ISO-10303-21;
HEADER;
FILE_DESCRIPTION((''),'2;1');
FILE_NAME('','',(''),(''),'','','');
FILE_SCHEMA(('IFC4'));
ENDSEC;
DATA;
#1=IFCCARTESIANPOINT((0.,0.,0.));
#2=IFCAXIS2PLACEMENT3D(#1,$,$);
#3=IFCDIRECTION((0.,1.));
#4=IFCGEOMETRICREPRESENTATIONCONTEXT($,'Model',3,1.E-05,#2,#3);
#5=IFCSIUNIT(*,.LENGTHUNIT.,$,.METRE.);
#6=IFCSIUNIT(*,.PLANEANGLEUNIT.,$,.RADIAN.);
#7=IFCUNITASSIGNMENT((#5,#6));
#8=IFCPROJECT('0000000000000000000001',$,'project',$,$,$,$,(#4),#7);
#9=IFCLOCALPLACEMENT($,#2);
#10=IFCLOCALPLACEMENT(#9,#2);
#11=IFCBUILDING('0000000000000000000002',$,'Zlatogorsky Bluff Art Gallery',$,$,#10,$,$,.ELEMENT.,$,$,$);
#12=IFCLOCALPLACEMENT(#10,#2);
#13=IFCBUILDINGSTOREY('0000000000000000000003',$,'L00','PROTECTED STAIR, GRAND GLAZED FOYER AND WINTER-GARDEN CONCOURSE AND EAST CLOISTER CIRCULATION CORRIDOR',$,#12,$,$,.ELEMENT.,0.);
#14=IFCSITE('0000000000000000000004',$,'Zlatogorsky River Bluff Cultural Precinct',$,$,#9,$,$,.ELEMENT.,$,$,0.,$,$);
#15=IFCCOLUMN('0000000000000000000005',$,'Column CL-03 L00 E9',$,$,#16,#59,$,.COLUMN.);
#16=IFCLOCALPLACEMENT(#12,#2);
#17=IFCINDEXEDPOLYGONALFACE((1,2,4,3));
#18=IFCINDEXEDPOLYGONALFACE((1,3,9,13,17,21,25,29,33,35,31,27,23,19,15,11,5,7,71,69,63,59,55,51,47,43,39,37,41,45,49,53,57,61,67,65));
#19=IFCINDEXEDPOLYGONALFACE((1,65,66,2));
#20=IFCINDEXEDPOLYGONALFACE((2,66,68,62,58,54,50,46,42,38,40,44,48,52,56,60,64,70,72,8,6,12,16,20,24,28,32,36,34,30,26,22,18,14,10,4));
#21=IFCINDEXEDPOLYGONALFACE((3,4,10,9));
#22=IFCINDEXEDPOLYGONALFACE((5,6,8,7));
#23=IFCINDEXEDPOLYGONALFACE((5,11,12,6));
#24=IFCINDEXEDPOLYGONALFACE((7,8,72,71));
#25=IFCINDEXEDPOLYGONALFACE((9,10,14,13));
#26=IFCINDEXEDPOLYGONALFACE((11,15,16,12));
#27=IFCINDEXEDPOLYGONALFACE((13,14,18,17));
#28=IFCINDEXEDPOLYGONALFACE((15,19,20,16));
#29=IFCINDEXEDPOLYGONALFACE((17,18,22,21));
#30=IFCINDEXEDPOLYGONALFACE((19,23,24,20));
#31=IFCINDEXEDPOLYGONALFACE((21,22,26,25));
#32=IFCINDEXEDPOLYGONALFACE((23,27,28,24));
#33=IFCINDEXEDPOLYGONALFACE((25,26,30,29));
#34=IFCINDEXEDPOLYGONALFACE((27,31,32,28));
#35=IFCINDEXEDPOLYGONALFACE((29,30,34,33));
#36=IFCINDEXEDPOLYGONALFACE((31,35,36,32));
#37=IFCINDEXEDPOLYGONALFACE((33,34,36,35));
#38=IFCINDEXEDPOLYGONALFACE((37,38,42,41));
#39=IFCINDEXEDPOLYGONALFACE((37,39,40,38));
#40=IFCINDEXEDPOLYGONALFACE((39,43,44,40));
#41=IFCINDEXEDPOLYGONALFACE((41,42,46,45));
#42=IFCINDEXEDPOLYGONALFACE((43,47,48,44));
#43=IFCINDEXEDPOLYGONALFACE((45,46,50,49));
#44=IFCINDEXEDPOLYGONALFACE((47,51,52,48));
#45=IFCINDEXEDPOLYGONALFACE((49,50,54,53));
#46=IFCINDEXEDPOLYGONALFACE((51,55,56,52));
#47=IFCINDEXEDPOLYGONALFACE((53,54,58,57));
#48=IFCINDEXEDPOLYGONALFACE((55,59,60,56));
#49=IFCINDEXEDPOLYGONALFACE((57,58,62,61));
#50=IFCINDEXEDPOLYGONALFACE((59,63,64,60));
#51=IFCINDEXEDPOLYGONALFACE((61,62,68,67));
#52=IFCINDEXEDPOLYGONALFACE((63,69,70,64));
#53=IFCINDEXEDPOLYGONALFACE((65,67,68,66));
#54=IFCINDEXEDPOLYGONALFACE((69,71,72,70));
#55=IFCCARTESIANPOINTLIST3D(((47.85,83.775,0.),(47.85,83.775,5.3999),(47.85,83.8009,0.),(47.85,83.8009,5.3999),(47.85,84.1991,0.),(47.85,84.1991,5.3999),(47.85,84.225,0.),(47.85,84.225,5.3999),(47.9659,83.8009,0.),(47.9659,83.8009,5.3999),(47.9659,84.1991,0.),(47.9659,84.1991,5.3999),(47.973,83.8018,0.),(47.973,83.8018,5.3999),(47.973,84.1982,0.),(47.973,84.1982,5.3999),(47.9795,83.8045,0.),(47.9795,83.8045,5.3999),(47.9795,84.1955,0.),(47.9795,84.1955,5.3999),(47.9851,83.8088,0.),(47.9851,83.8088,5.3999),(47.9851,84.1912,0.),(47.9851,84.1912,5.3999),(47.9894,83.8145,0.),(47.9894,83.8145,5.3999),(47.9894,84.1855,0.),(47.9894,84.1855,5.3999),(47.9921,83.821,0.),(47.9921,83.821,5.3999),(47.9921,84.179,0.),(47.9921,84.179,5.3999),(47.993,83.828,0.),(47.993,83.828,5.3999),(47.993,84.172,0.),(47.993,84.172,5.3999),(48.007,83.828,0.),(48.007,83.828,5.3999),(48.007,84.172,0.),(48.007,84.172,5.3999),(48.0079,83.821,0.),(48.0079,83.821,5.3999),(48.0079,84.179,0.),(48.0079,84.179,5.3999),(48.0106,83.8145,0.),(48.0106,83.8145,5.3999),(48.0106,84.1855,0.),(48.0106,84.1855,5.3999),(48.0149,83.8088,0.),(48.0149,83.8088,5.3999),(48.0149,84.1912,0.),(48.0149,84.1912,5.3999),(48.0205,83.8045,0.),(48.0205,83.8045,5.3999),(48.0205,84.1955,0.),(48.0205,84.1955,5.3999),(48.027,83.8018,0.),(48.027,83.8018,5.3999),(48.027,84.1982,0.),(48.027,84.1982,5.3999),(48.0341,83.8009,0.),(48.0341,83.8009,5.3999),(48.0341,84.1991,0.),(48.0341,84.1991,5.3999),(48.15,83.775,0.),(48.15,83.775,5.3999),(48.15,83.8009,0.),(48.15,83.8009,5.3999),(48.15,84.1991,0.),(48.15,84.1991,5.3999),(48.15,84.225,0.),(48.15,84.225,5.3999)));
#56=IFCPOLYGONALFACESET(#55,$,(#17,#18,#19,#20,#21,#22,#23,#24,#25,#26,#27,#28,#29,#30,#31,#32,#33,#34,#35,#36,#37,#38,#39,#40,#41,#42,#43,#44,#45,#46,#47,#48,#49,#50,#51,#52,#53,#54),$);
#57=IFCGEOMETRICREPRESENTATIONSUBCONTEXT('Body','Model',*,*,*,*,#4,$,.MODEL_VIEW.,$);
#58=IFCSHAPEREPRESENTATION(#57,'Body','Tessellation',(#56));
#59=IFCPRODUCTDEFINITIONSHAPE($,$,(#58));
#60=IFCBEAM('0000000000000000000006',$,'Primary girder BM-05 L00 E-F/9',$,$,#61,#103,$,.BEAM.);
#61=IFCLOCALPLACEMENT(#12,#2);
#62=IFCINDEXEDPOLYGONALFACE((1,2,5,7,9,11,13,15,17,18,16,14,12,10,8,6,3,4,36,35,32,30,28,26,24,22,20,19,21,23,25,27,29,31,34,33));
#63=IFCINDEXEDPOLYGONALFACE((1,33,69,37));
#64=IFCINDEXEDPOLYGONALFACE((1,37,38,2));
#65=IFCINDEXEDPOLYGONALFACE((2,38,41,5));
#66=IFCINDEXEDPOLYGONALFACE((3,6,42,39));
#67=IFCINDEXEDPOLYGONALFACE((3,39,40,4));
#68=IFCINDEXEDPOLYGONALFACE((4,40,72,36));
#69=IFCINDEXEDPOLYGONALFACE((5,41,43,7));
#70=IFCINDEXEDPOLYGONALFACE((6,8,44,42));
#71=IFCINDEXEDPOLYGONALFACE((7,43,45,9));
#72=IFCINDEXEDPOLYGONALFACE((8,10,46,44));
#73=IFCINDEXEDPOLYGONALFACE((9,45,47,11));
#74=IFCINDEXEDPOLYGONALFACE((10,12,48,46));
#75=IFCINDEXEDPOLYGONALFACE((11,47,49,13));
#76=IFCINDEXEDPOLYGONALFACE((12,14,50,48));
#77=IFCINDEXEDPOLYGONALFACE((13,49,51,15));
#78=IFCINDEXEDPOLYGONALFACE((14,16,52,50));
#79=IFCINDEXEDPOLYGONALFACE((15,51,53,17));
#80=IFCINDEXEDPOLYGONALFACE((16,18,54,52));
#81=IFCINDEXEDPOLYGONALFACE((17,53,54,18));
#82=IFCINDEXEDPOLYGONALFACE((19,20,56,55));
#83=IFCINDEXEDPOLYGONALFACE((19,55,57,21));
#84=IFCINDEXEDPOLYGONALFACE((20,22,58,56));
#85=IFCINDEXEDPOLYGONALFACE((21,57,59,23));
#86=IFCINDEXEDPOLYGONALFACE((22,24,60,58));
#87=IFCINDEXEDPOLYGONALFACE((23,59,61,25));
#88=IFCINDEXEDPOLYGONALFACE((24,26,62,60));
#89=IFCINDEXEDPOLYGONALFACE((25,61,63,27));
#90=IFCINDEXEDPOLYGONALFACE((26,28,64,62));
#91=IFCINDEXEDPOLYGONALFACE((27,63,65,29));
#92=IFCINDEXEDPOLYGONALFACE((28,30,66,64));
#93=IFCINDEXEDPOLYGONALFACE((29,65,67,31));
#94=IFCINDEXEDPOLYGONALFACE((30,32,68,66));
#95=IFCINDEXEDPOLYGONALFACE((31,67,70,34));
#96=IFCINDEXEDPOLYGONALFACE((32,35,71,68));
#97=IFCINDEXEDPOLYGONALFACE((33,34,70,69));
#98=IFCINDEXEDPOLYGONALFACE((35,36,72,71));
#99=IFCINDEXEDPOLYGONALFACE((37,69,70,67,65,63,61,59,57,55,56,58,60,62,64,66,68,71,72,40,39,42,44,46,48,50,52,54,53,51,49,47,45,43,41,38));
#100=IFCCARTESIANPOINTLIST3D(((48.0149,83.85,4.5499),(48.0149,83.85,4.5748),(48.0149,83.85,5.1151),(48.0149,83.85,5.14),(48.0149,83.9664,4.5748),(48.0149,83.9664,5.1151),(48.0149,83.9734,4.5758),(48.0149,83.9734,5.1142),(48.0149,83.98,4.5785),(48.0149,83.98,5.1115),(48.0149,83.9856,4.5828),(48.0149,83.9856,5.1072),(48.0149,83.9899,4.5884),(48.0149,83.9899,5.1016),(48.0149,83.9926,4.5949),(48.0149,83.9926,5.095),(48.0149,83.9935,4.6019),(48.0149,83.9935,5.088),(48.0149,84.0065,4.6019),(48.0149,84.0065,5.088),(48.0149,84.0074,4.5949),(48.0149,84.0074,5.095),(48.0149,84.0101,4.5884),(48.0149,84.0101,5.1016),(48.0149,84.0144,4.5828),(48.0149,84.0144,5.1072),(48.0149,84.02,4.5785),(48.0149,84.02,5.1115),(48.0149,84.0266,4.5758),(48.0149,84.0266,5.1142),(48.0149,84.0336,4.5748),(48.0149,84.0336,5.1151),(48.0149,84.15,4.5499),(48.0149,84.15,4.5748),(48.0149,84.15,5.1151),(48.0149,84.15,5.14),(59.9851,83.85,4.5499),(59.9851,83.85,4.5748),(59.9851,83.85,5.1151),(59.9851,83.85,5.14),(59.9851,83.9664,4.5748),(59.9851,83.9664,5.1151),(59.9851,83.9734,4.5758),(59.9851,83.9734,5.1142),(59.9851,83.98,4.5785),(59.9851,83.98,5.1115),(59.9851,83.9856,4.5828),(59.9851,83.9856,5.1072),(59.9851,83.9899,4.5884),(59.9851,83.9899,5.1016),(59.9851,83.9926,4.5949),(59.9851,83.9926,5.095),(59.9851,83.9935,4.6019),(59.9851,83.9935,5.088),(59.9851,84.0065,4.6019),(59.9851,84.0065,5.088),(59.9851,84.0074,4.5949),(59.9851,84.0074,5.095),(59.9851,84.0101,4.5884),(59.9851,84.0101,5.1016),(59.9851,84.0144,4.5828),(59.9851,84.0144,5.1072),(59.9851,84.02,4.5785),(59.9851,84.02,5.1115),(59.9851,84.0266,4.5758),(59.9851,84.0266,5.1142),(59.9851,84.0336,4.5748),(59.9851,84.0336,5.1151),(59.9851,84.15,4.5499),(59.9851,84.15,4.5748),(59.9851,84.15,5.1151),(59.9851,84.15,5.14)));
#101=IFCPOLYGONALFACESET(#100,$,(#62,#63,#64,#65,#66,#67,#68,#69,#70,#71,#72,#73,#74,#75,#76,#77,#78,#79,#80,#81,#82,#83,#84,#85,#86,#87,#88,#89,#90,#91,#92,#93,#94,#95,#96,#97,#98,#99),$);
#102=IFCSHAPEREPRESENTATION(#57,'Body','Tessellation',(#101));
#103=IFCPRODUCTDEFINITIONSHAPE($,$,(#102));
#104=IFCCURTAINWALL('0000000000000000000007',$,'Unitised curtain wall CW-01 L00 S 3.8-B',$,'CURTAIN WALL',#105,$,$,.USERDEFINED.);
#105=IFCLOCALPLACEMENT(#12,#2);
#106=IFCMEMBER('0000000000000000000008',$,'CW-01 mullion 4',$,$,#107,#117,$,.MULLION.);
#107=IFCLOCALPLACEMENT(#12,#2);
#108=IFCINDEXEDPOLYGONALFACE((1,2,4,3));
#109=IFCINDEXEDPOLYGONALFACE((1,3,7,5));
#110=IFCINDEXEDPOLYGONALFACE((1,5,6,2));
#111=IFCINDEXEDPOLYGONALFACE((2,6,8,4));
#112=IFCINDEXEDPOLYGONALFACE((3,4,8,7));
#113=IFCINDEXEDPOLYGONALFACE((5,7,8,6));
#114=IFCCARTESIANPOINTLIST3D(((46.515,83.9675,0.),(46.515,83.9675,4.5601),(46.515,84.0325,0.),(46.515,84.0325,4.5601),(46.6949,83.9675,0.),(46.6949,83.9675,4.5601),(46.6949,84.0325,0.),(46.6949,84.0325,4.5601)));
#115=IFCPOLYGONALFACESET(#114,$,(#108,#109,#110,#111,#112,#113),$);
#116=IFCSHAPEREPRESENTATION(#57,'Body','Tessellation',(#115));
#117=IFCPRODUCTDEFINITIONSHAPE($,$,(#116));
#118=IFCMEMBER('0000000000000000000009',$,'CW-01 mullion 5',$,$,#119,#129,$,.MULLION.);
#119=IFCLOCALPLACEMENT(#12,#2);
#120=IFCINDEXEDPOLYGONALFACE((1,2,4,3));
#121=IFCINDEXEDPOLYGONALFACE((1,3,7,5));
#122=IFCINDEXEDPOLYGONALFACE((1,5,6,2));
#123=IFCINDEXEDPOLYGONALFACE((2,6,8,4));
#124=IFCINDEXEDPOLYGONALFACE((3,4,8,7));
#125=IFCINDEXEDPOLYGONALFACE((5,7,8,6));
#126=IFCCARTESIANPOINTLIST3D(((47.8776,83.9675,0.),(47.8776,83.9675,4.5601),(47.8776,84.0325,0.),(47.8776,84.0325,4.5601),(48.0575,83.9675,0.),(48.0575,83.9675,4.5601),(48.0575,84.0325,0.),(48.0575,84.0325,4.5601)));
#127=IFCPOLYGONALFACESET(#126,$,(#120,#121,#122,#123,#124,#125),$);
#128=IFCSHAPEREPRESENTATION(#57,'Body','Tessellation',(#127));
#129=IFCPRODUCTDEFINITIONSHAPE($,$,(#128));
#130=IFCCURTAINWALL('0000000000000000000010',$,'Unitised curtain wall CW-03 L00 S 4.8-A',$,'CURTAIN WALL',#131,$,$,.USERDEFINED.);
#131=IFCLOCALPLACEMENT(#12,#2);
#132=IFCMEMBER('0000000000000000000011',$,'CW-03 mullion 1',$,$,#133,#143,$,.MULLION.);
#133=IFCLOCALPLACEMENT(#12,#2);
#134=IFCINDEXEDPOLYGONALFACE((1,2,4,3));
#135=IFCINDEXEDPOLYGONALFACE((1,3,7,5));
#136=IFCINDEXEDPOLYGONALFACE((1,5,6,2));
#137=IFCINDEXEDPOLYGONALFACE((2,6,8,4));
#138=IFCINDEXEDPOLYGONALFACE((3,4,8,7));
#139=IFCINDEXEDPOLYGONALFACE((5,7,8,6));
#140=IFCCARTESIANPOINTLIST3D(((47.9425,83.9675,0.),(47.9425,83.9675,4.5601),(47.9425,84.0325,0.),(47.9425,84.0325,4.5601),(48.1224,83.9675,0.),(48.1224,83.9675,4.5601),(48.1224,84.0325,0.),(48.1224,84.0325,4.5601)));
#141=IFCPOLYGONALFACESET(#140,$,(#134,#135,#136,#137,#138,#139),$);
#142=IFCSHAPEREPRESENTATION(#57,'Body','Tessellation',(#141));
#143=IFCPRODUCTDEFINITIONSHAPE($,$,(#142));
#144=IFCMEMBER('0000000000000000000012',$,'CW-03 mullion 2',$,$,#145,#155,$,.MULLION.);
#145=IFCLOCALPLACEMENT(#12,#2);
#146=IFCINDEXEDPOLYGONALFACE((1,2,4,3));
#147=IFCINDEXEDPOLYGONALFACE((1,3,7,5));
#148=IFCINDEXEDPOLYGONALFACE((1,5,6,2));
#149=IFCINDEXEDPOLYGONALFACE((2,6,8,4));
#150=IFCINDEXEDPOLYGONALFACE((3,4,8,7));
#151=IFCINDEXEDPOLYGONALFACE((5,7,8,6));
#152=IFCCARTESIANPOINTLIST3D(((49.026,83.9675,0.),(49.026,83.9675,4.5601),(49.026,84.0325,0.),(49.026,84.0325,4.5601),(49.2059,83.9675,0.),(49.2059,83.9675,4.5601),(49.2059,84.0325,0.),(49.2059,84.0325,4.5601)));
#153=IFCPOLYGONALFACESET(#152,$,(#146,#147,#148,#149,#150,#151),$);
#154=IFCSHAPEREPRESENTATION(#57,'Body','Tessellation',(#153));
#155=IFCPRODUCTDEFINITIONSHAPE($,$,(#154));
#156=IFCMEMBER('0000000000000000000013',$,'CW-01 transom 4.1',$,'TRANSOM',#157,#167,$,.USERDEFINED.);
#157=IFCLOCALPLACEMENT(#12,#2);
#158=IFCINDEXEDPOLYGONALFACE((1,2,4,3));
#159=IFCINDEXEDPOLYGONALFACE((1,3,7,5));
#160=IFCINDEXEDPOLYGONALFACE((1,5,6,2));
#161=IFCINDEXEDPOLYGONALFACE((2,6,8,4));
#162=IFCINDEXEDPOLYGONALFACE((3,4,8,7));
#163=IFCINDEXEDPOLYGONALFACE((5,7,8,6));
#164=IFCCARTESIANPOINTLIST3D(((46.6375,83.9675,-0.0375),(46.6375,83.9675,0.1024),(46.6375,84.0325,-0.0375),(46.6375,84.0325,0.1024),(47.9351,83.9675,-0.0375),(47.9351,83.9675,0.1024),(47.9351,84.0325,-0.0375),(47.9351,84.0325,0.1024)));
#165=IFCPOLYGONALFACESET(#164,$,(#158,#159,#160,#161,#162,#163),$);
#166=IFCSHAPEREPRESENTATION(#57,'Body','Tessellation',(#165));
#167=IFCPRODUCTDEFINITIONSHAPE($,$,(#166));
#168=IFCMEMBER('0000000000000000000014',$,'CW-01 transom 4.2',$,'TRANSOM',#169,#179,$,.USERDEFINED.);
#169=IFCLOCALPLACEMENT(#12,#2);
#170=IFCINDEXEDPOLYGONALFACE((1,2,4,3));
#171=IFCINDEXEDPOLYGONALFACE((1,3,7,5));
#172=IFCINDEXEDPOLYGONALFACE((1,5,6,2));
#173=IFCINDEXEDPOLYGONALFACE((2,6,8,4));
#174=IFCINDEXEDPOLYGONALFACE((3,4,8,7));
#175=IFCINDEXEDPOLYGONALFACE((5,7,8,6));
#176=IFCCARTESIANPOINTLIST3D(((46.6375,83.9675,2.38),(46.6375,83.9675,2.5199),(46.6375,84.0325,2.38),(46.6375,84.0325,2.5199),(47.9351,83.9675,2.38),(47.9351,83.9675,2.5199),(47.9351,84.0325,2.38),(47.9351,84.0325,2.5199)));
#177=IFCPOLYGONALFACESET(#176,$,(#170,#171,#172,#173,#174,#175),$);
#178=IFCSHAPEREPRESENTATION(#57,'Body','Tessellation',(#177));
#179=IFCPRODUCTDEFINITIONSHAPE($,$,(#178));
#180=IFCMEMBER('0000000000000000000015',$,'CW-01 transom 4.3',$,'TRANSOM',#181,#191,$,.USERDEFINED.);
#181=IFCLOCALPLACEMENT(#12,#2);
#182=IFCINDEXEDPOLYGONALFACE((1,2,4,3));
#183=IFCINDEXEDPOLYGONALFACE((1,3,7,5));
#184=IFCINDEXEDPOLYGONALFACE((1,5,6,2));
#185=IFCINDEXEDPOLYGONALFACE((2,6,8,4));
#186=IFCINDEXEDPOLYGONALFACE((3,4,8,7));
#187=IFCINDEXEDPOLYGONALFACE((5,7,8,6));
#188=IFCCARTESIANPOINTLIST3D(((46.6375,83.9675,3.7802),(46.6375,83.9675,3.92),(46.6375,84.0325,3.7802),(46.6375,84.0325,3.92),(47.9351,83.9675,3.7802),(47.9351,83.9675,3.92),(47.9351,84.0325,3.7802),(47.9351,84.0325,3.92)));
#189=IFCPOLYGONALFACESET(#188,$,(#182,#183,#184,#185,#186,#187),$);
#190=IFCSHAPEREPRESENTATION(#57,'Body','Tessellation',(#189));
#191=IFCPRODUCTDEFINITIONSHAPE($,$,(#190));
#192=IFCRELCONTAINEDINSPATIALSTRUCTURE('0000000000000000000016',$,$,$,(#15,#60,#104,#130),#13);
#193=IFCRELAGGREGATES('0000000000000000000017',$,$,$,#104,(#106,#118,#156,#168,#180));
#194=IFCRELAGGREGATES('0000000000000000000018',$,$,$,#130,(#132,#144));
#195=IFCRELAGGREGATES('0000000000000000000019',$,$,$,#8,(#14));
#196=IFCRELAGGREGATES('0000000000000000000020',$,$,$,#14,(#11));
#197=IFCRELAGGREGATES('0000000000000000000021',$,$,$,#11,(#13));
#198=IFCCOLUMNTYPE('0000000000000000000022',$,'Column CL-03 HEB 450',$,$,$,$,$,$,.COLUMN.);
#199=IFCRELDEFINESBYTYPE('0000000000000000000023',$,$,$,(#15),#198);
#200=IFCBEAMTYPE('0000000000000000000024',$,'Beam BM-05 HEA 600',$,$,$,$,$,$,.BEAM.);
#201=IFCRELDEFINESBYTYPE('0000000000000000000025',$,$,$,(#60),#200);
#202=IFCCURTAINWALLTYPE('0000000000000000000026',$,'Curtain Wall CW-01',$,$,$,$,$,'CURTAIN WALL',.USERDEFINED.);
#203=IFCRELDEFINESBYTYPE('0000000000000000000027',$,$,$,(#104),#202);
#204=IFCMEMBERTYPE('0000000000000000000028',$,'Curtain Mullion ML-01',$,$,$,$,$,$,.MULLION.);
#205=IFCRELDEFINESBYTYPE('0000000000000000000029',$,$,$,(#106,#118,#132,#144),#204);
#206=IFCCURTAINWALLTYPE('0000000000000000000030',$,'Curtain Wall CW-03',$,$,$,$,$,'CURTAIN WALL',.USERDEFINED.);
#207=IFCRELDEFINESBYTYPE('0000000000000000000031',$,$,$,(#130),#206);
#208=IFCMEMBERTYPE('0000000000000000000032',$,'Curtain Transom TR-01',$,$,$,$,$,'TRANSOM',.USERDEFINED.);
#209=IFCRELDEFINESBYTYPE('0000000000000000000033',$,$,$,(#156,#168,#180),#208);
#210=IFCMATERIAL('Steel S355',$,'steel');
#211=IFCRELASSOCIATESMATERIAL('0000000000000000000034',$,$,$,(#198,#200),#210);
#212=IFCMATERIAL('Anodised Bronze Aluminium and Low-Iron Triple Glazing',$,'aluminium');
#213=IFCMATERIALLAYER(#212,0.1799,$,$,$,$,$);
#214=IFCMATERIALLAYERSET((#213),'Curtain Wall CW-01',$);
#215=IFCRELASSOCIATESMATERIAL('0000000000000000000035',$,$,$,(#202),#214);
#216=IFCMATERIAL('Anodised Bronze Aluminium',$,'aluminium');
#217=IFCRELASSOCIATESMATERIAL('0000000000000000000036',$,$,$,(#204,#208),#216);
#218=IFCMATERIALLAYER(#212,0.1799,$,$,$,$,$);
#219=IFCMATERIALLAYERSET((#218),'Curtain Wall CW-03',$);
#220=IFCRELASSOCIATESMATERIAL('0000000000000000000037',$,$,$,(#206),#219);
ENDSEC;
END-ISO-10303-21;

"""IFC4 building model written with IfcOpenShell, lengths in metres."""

from ifc_helpers import new_model, si_unit, direction, frame, origin, origin_2d, place, context, subcontext, project, spatial, rectangle, i_section, extrude, material, layer, layer_set, material_profile, profile_set, type_object, element, aggregate, save


model = new_model("IFC4")

# Units and contexts
model_context = context("Model", 3, precision=1e-05, world=origin(), true_north=direction((0.0, 1.0)))
body_context = subcontext(model_context, "Body", "Model", "MODEL_VIEW")
ifc_project = project(units=[si_unit("LENGTHUNIT", "METRE"), si_unit("PLANEANGLEUNIT", "RADIAN")], contexts=[model_context])

# Site, building, storey
site_placement = place(None, origin())
site = spatial("IfcSite", under=ifc_project, at=site_placement, Name="Zlatogorsky River Bluff Cultural Precinct", CompositionType="ELEMENT", RefElevation=0.0)
building_placement = place(site_placement, origin())
building = spatial("IfcBuilding", under=site, at=building_placement, Name="Zlatogorsky Bluff Art Gallery", CompositionType="ELEMENT")
storey_placement = place(building_placement, origin())
storey = spatial("IfcBuildingStorey", under=building, at=storey_placement, Name="L00", Description="PROTECTED STAIR, GRAND GLAZED FOYER AND WINTER-GARDEN CONCOURSE AND EAST CLOISTER CIRCULATION CORRIDOR", CompositionType="ELEMENT", Elevation=0.0)

# Column
ifc_material_1 = material(Name="Steel S355", Category="steel")
ifc_material_profile_1 = material_profile(ifc_material_1, i_section(OverallWidth=0.3, OverallDepth=0.45, WebThickness=0.0139, FlangeThickness=0.0259, FilletRadius=0.0271, at=origin_2d()), Name="HEB 450")
ifc_profile_set_1 = profile_set([ifc_material_profile_1], Name="Steel S355")
column_type = type_object("IfcColumnType", Name="Column CL-03 HEB 450", PredefinedType="COLUMN", material=ifc_profile_set_1)
column_placement = place(storey_placement, frame((48.0, 84.0, 0.0), z_axis=(0.0, 0.0, 1.0), x_axis=(1.0, 0.0, 0.0)))
element("IfcColumn", 1, at=column_placement, inside=storey, type_object=column_type, Name="Column CL-03 L00 E9", PredefinedType="COLUMN", context=body_context, shape_type="SweptSolid", body=[
    extrude(i_section(OverallWidth=0.3, OverallDepth=0.45, WebThickness=0.0139, FlangeThickness=0.0259, FilletRadius=0.0271, at=origin_2d()), origin(), (0.0, 0.0, 1.0), 5.3999),
])

# Beam
ifc_material_profile_2 = material_profile(ifc_material_1, i_section(OverallWidth=0.3, OverallDepth=0.5901, WebThickness=0.0129, FlangeThickness=0.0249, FilletRadius=0.0271, at=origin_2d()), Name="HEA 600")
ifc_profile_set_2 = profile_set([ifc_material_profile_2], Name="Steel S355")
beam_type = type_object("IfcBeamType", Name="Beam BM-05 HEA 600", PredefinedType="BEAM", material=ifc_profile_set_2)
beam_placement = place(storey_placement, frame((48.0149, 84.0, 4.845), z_axis=(1.0, 0.0, 0.0), x_axis=(0.0, 1.0, 0.0)))
element("IfcBeam", 2, at=beam_placement, inside=storey, type_object=beam_type, Name="Primary girder BM-05 L00 E-F/9", PredefinedType="BEAM", context=body_context, shape_type="SweptSolid", body=[
    extrude(i_section(OverallWidth=0.3, OverallDepth=0.5901, WebThickness=0.0129, FlangeThickness=0.0249, FilletRadius=0.0271, at=origin_2d()), origin(), (0.0, 0.0, 1.0), 11.9702),
])

# Curtain walls, members
ifc_material_2 = material(Name="Anodised Bronze Aluminium and Low-Iron Triple Glazing", Category="aluminium")
ifc_layer_1 = layer(ifc_material_2, 0.1799)
ifc_layer_set_1 = layer_set([ifc_layer_1], Name="Curtain Wall CW-01")
curtain_wall_type_1 = type_object("IfcCurtainWallType", Name="Curtain Wall CW-01", ElementType="CURTAIN WALL", PredefinedType="USERDEFINED", material=ifc_layer_set_1)
curtain_wall_1_placement = place(storey_placement, origin())
curtain_wall_1 = element("IfcCurtainWall", 3, at=curtain_wall_1_placement, inside=storey, type_object=curtain_wall_type_1, Name="Unitised curtain wall CW-01 L00 S 3.8-B", ObjectType="CURTAIN WALL", PredefinedType="USERDEFINED")
ifc_material_3 = material(Name="Anodised Bronze Aluminium", Category="aluminium")
ifc_material_profile_3 = material_profile(ifc_material_3, rectangle(XDim=0.0649, YDim=0.1799, at=origin_2d()), Name="ALU MULLION 65x180")
ifc_profile_set_3 = profile_set([ifc_material_profile_3], Name="Anodised Bronze Aluminium")
member_type_1 = type_object("IfcMemberType", Name="Curtain Mullion ML-01", PredefinedType="MULLION", material=ifc_profile_set_3)
member_1_placement = place(storey_placement, frame((46.605, 84.0, 0.0), z_axis=(0.0, 0.0, 1.0), x_axis=(0.0, 1.0, 0.0)))
member_1 = element("IfcMember", 4, at=member_1_placement, type_object=member_type_1, Name="CW-01 mullion 4", PredefinedType="MULLION", context=body_context, shape_type="SweptSolid", body=[
    extrude(rectangle(XDim=0.0649, YDim=0.1799, at=origin_2d()), origin(), (0.0, 0.0, 1.0), 4.5601),
])
member_2_placement = place(storey_placement, frame((47.9675, 84.0, 0.0), z_axis=(0.0, 0.0, 1.0), x_axis=(0.0, 1.0, 0.0)))
member_2 = element("IfcMember", 5, at=member_2_placement, type_object=member_type_1, Name="CW-01 mullion 5", PredefinedType="MULLION", context=body_context, shape_type="SweptSolid", body=[
    extrude(rectangle(XDim=0.0649, YDim=0.1799, at=origin_2d()), origin(), (0.0, 0.0, 1.0), 4.5601),
])
ifc_layer_2 = layer(ifc_material_2, 0.1799)
ifc_layer_set_2 = layer_set([ifc_layer_2], Name="Curtain Wall CW-03")
curtain_wall_type_2 = type_object("IfcCurtainWallType", Name="Curtain Wall CW-03", ElementType="CURTAIN WALL", PredefinedType="USERDEFINED", material=ifc_layer_set_2)
curtain_wall_2_placement = place(storey_placement, origin())
curtain_wall_2 = element("IfcCurtainWall", 6, at=curtain_wall_2_placement, inside=storey, type_object=curtain_wall_type_2, Name="Unitised curtain wall CW-03 L00 S 4.8-A", ObjectType="CURTAIN WALL", PredefinedType="USERDEFINED")
member_3_placement = place(storey_placement, frame((48.0325, 84.0, 0.0), z_axis=(0.0, 0.0, 1.0), x_axis=(0.0, 1.0, 0.0)))
member_3 = element("IfcMember", 7, at=member_3_placement, type_object=member_type_1, Name="CW-03 mullion 1", PredefinedType="MULLION", context=body_context, shape_type="SweptSolid", body=[
    extrude(rectangle(XDim=0.0649, YDim=0.1799, at=origin_2d()), origin(), (0.0, 0.0, 1.0), 4.5601),
])
member_4_placement = place(storey_placement, frame((49.116, 84.0, 0.0), z_axis=(0.0, 0.0, 1.0), x_axis=(0.0, 1.0, 0.0)))
member_4 = element("IfcMember", 8, at=member_4_placement, type_object=member_type_1, Name="CW-03 mullion 2", PredefinedType="MULLION", context=body_context, shape_type="SweptSolid", body=[
    extrude(rectangle(XDim=0.0649, YDim=0.1799, at=origin_2d()), origin(), (0.0, 0.0, 1.0), 4.5601),
])

# Members
ifc_material_profile_4 = material_profile(ifc_material_3, rectangle(XDim=0.0649, YDim=0.1399, at=origin_2d()), Name="ALU TRANSOM 65x140")
ifc_profile_set_4 = profile_set([ifc_material_profile_4], Name="Anodised Bronze Aluminium")
member_type_2 = type_object("IfcMemberType", Name="Curtain Transom TR-01", ElementType="TRANSOM", PredefinedType="USERDEFINED", material=ifc_profile_set_4)
member_5_placement = place(storey_placement, frame((46.6375, 84.0, 0.0325), z_axis=(1.0, 0.0, 0.0), x_axis=(0.0, 1.0, 0.0)))
member_5 = element("IfcMember", 9, at=member_5_placement, type_object=member_type_2, Name="CW-01 transom 4.1", ObjectType="TRANSOM", PredefinedType="USERDEFINED", context=body_context, shape_type="SweptSolid", body=[
    extrude(rectangle(XDim=0.0649, YDim=0.1399, at=origin_2d()), origin(), (0.0, 0.0, 1.0), 1.2976),
])
member_6_placement = place(storey_placement, frame((46.6375, 84.0, 2.45), z_axis=(1.0, 0.0, 0.0), x_axis=(0.0, 1.0, 0.0)))
member_6 = element("IfcMember", 10, at=member_6_placement, type_object=member_type_2, Name="CW-01 transom 4.2", ObjectType="TRANSOM", PredefinedType="USERDEFINED", context=body_context, shape_type="SweptSolid", body=[
    extrude(rectangle(XDim=0.0649, YDim=0.1399, at=origin_2d()), origin(), (0.0, 0.0, 1.0), 1.2976),
])
member_7_placement = place(storey_placement, frame((46.6375, 84.0, 3.8501), z_axis=(1.0, 0.0, 0.0), x_axis=(0.0, 1.0, 0.0)))
member_7 = element("IfcMember", 11, at=member_7_placement, type_object=member_type_2, Name="CW-01 transom 4.3", ObjectType="TRANSOM", PredefinedType="USERDEFINED", context=body_context, shape_type="SweptSolid", body=[
    extrude(rectangle(XDim=0.0649, YDim=0.1399, at=origin_2d()), origin(), (0.0, 0.0, 1.0), 1.2976),
])

aggregate(curtain_wall_1, [member_1, member_2, member_5, member_6, member_7])
aggregate(curtain_wall_2, [member_3, member_4])

save(model, "model.ifc")
